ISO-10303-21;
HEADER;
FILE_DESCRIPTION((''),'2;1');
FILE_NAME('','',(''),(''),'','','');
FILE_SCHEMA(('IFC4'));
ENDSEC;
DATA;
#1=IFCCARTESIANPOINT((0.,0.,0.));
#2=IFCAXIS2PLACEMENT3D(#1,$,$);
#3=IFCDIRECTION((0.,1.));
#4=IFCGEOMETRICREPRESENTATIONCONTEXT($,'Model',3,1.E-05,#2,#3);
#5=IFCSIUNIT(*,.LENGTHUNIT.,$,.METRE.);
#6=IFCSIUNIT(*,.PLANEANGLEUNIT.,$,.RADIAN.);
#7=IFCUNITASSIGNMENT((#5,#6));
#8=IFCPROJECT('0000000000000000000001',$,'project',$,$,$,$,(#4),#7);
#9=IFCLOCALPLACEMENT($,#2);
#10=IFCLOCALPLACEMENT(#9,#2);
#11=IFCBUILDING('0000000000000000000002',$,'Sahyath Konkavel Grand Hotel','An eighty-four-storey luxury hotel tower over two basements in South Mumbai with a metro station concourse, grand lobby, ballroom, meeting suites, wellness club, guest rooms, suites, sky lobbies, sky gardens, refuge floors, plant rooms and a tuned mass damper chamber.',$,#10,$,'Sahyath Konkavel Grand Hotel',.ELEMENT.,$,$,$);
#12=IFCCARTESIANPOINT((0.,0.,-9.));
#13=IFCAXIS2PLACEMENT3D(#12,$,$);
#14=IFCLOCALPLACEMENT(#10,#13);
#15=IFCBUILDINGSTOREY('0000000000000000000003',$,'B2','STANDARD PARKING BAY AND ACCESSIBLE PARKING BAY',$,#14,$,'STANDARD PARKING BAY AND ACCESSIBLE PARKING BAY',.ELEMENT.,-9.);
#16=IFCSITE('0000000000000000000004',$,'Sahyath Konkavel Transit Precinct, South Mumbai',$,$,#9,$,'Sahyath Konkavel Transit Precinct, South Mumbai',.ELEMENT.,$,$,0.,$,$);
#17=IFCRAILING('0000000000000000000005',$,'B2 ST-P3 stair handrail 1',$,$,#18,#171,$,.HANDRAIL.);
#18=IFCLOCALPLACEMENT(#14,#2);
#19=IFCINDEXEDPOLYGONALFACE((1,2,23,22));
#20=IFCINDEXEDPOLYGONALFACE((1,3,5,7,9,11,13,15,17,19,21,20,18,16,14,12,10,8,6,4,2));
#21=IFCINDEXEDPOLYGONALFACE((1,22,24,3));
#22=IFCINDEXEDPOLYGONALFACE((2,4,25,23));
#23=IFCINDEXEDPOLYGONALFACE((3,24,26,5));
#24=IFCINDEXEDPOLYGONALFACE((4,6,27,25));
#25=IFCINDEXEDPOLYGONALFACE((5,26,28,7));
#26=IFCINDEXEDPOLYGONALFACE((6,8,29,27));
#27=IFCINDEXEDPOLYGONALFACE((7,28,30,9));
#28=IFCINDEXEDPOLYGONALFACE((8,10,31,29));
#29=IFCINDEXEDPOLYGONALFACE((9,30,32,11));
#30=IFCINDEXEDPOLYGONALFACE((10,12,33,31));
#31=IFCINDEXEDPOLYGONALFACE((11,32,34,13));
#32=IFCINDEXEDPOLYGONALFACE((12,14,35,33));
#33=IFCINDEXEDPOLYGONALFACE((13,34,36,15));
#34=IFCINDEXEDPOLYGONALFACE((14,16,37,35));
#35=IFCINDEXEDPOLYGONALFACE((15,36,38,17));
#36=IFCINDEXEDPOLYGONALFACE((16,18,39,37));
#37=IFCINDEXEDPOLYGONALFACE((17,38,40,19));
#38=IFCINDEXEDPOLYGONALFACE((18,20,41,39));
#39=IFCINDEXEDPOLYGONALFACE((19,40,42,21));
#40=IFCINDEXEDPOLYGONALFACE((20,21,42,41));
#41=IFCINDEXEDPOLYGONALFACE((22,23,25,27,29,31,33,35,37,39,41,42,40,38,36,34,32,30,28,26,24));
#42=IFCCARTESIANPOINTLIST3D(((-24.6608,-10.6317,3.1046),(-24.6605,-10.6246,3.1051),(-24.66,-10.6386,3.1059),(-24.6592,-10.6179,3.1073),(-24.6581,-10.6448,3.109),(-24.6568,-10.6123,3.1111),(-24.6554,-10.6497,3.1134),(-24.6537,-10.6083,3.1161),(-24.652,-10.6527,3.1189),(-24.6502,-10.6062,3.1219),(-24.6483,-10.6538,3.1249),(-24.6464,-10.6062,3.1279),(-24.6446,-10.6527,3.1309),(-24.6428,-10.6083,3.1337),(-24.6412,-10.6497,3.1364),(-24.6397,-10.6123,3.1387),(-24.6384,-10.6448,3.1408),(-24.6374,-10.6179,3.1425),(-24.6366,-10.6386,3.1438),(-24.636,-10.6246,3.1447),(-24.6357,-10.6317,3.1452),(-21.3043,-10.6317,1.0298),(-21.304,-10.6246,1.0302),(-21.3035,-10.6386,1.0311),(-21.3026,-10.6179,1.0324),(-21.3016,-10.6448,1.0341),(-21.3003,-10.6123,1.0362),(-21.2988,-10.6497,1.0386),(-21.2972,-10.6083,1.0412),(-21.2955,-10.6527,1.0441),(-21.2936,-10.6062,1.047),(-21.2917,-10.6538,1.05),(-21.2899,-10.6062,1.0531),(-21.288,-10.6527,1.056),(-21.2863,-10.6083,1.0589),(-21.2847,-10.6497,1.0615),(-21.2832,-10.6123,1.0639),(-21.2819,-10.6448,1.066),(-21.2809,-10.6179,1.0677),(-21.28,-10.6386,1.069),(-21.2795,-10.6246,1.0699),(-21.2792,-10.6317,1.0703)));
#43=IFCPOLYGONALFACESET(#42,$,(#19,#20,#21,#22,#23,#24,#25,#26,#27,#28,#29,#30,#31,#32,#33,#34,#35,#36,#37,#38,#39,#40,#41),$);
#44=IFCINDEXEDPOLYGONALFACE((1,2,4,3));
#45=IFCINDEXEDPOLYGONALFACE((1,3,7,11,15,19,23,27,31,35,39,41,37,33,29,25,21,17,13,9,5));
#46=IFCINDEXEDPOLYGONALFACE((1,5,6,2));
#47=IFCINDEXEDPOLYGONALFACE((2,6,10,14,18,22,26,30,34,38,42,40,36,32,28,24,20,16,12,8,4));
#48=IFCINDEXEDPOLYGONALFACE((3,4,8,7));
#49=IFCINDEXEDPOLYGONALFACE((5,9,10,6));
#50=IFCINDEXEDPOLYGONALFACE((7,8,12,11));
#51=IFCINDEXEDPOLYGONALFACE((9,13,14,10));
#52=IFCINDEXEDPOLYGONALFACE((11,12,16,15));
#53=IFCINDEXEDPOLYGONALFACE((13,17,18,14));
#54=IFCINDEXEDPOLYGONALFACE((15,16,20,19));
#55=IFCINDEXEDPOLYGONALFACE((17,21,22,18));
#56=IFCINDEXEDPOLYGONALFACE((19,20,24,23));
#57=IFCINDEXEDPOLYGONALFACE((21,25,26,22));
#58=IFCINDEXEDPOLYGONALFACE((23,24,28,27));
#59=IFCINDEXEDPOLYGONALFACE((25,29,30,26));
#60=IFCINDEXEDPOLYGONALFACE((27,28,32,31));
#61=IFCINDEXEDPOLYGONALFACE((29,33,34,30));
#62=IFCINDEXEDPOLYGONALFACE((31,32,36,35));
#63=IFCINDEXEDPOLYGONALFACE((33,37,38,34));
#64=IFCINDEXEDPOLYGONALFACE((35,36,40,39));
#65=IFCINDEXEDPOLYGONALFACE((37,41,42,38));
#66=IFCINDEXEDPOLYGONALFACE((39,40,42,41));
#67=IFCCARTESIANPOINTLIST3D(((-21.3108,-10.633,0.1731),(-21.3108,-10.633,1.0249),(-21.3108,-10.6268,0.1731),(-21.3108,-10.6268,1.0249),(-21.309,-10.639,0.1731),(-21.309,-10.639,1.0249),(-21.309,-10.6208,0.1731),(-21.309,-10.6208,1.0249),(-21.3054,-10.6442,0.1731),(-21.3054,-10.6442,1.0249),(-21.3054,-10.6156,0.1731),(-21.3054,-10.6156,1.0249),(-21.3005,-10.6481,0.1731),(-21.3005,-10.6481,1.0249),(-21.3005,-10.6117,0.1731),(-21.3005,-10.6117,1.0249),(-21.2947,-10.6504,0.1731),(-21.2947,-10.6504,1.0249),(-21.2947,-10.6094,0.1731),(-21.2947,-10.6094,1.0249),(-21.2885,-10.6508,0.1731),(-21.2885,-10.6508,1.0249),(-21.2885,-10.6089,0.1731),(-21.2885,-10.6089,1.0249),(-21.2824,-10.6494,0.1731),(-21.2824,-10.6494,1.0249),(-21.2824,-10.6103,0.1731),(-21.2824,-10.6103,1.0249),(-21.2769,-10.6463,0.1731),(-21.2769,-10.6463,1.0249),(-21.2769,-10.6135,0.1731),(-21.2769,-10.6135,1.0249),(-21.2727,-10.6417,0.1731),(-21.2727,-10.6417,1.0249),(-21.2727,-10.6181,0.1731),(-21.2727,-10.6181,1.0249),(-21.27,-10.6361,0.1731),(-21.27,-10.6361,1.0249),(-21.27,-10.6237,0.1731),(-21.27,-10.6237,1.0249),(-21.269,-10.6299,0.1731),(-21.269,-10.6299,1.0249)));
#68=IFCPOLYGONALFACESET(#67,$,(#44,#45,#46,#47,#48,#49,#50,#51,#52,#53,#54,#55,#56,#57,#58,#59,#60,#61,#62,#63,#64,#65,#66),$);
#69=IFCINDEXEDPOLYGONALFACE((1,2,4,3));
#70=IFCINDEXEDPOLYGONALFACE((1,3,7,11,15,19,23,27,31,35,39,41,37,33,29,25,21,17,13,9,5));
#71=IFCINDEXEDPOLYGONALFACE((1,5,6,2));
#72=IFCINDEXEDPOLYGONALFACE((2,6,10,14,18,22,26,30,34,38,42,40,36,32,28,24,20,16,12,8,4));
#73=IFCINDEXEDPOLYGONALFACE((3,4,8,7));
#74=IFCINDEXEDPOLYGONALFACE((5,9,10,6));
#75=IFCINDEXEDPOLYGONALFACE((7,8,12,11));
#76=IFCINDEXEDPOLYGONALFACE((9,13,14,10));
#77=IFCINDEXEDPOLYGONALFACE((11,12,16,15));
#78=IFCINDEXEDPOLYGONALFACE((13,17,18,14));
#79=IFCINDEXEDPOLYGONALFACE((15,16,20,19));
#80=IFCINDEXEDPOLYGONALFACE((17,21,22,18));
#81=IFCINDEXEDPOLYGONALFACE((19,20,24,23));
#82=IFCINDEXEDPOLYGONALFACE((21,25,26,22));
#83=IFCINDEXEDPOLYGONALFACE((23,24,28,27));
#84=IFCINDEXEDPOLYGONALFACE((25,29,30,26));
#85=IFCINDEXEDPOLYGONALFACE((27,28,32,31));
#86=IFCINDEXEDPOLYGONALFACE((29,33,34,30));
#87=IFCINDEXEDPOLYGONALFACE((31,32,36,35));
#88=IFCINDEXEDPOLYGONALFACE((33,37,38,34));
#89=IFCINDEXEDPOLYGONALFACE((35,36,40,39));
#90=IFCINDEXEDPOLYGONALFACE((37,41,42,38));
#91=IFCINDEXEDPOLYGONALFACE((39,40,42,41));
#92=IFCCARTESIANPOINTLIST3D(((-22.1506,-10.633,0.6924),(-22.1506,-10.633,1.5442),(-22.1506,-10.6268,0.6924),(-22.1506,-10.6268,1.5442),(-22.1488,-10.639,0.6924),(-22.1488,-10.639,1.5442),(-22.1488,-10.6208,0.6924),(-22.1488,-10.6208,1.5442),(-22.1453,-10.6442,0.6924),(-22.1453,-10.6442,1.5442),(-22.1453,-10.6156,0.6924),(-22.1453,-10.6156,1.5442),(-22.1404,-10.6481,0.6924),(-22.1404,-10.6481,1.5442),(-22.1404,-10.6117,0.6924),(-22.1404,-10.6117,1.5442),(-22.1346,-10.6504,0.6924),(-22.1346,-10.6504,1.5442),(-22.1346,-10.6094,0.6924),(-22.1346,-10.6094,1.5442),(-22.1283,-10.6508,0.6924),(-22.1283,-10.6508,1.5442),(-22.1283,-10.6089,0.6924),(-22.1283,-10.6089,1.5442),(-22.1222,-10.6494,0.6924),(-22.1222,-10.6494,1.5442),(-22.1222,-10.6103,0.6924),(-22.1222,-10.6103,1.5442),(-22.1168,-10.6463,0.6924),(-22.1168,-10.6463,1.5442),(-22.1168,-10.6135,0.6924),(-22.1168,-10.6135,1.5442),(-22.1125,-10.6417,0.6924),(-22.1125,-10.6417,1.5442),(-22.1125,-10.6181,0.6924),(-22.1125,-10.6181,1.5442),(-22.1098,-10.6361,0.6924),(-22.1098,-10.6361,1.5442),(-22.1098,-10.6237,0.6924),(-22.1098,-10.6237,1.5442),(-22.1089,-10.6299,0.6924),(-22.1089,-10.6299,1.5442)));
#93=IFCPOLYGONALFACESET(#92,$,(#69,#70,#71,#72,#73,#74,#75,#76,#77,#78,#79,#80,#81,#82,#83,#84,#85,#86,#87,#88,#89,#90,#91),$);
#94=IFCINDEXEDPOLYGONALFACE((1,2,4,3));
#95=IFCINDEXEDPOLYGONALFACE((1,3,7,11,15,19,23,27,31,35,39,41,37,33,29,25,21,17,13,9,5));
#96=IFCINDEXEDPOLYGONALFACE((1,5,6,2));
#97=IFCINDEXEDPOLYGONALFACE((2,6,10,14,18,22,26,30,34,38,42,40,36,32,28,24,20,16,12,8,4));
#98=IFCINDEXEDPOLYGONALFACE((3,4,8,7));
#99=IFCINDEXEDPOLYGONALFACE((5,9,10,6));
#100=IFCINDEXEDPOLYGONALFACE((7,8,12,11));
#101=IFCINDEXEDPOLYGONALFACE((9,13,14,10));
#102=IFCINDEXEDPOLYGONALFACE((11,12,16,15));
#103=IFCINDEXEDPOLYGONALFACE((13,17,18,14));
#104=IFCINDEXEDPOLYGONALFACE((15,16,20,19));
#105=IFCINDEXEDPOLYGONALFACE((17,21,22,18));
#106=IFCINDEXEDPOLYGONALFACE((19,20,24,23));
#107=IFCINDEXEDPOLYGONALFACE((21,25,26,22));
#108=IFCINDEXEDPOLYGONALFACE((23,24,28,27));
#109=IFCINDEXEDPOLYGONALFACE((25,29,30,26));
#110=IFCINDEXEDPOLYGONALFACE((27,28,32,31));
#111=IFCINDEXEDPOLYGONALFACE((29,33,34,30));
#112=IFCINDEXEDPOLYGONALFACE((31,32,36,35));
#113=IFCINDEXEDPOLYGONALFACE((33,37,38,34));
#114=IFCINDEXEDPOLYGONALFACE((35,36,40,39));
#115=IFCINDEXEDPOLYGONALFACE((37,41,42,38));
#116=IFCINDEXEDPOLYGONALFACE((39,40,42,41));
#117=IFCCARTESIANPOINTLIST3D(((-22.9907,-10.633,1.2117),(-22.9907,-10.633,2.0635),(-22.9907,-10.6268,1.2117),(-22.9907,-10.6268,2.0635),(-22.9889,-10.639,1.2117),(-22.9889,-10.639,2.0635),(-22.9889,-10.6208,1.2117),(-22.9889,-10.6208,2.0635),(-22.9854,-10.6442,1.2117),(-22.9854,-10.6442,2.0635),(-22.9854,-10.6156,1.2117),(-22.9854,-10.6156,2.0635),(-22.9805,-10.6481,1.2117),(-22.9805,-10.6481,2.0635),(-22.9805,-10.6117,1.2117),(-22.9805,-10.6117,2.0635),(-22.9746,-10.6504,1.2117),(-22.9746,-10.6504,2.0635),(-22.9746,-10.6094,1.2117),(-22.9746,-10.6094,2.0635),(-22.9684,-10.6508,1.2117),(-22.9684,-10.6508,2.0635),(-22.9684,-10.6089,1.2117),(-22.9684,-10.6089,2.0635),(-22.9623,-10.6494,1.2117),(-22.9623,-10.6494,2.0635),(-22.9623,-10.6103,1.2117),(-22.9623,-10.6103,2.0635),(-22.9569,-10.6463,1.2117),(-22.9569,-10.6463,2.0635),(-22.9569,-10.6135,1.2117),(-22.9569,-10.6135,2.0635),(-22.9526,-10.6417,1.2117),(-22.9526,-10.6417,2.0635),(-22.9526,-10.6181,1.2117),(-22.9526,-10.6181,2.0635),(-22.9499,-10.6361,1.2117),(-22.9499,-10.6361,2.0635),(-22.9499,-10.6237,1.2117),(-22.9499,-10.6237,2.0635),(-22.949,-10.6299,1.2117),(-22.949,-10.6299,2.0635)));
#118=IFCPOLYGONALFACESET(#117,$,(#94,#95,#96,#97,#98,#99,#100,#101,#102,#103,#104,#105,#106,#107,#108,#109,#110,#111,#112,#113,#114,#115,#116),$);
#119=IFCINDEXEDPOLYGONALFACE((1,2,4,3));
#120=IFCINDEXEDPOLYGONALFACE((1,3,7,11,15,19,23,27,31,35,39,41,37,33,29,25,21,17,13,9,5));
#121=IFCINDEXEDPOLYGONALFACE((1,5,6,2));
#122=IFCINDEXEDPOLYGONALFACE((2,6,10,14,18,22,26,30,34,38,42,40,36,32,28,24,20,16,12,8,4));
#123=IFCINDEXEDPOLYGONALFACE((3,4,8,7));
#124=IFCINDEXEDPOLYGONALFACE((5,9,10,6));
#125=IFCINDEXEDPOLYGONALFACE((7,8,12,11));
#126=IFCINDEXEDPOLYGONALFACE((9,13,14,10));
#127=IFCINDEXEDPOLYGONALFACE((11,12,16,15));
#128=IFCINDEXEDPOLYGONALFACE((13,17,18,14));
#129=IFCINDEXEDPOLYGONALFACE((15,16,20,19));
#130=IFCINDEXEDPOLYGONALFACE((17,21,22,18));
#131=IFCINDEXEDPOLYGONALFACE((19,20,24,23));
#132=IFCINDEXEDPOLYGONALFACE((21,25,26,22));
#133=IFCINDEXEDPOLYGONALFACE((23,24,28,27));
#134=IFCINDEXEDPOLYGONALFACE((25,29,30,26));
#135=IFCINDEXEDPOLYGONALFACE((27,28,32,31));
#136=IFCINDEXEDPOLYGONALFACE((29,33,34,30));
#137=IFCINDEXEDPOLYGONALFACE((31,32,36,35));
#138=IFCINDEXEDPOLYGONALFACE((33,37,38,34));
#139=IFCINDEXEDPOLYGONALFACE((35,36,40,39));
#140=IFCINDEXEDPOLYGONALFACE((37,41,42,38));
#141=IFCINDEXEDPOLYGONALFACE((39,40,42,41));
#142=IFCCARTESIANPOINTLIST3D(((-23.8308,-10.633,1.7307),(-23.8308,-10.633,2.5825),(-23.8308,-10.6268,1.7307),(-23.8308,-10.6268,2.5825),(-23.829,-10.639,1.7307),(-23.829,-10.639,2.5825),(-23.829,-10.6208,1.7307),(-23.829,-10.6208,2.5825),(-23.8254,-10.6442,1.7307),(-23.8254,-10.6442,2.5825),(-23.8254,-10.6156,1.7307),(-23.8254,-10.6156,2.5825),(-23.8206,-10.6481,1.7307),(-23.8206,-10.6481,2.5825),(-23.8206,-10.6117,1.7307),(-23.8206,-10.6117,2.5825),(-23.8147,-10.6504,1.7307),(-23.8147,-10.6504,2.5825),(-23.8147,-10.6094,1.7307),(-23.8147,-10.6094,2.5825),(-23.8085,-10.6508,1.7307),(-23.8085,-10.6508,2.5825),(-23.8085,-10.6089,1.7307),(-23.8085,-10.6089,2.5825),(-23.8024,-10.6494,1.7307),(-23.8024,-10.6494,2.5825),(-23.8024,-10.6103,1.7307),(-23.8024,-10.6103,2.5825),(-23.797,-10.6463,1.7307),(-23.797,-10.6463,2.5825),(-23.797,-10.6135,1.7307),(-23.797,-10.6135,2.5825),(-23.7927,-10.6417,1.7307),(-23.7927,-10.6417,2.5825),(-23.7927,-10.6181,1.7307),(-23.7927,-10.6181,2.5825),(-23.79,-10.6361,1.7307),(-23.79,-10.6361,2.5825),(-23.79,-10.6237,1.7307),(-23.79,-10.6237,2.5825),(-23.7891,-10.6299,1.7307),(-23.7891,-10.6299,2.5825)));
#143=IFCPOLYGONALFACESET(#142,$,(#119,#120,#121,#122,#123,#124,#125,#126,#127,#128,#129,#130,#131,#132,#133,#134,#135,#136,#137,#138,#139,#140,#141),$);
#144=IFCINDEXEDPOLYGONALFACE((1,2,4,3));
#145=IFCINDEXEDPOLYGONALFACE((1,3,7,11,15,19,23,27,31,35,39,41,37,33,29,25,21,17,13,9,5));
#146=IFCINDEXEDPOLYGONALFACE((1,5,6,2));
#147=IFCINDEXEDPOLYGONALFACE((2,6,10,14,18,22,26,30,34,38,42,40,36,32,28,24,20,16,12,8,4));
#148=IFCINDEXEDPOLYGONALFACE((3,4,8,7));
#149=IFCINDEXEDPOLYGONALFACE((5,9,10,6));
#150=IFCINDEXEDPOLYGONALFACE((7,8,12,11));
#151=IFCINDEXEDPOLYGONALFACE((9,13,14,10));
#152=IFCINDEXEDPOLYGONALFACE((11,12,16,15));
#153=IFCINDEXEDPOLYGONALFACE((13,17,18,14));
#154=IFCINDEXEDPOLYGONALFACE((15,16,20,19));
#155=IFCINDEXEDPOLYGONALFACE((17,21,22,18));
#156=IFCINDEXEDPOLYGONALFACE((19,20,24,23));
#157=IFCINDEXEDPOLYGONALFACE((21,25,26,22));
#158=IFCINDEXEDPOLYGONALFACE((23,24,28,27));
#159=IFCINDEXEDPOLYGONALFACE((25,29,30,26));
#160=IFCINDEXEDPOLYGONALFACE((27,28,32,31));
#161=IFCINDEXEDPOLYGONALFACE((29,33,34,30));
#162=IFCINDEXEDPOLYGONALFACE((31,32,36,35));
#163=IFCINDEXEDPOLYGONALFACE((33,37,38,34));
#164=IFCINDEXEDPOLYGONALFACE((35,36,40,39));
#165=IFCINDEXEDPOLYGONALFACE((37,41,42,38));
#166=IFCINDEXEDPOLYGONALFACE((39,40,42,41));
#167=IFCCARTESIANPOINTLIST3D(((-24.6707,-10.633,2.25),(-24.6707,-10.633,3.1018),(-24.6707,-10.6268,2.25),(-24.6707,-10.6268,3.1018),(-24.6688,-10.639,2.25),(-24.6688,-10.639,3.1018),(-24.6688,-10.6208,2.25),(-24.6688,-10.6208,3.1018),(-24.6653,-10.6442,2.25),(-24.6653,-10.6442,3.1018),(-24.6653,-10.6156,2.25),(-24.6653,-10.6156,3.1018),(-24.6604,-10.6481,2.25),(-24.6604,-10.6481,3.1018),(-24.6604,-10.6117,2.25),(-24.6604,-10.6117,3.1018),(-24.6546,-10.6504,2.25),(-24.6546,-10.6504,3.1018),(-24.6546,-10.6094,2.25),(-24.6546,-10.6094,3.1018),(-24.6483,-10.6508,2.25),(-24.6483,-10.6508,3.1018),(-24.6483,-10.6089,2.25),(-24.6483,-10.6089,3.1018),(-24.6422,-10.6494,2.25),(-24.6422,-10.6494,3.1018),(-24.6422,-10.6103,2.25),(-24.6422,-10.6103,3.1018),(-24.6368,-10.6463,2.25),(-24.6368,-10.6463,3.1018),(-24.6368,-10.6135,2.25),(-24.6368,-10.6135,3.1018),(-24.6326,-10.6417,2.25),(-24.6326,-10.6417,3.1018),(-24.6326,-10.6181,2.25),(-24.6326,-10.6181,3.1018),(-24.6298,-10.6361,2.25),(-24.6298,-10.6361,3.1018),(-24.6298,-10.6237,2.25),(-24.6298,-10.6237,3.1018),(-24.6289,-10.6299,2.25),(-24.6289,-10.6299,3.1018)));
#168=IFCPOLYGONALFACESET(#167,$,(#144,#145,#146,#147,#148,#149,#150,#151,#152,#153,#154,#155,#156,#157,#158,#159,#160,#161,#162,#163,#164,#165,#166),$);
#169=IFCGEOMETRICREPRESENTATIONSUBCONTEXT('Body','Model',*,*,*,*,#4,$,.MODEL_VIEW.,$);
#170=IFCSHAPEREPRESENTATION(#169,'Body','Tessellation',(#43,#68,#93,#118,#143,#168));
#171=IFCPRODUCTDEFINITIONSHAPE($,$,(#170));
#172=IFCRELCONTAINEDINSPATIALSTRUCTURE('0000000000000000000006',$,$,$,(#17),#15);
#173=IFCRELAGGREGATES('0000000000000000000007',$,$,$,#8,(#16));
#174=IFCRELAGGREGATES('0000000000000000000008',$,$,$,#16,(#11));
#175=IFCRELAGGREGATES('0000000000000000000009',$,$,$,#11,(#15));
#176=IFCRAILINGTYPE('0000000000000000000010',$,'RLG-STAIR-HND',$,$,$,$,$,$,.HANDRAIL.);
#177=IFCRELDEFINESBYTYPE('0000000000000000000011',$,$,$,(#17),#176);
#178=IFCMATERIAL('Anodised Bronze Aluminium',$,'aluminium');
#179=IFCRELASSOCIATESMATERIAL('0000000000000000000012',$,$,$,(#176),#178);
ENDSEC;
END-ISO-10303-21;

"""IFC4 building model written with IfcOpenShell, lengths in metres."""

from ifc_helpers import new_model, si_unit, direction, frame, origin, origin_2d, place, context, subcontext, project, spatial, circle, extrude, material, type_object, element, save


model = new_model("IFC4")

# Units and contexts
model_context = context("Model", 3, precision=1e-05, world=origin(), true_north=direction((0.0, 1.0)))
body_context = subcontext(model_context, "Body", "Model", "MODEL_VIEW")
ifc_project = project(units=[si_unit("LENGTHUNIT", "METRE"), si_unit("PLANEANGLEUNIT", "RADIAN")], contexts=[model_context])

# Site, building, storey
site_placement = place(None, origin())
site = spatial("IfcSite", under=ifc_project, at=site_placement, Name="Sahyath Konkavel Transit Precinct, South Mumbai", LongName="Sahyath Konkavel Transit Precinct, South Mumbai", CompositionType="ELEMENT", RefElevation=0.0)
building_placement = place(site_placement, origin())
building = spatial("IfcBuilding", under=site, at=building_placement, Name="Sahyath Konkavel Grand Hotel", Description="An eighty-four-storey luxury hotel tower over two basements in South Mumbai with a metro station concourse, grand lobby, ballroom, meeting suites, wellness club, guest rooms, suites, sky lobbies, sky gardens, refuge floors, plant rooms and a tuned mass damper chamber.", LongName="Sahyath Konkavel Grand Hotel", CompositionType="ELEMENT")
storey_placement = place(building_placement, frame((0.0, 0.0, -9.0)))
storey = spatial("IfcBuildingStorey", under=building, at=storey_placement, Name="B2", Description="STANDARD PARKING BAY AND ACCESSIBLE PARKING BAY", LongName="STANDARD PARKING BAY AND ACCESSIBLE PARKING BAY", CompositionType="ELEMENT", Elevation=-9.0)

# Railing
ifc_material_1 = material(Name="Anodised Bronze Aluminium", Category="aluminium")
railing_type_1 = type_object("IfcRailingType", Name="RLG-STAIR-HND", PredefinedType="HANDRAIL", material=ifc_material_1)
railing_1_placement = place(storey_placement, frame((-21.29, -10.6299, 0.1731)))
element("IfcRailing", 1, at=railing_1_placement, inside=storey, type_object=railing_type_1, Name="B2 ST-P3 stair handrail 1", PredefinedType="HANDRAIL", context=body_context, shape_type="SweptSolid", body=[
    extrude(circle(Radius=0.0239, at=origin_2d()), frame((-0.0017, 0.0, 0.877), z_axis=(-0.850606, 0.0, 0.525803), x_axis=(0.0, -1.0, 0.0)), (0.0, 0.0, 1.0), 3.946),
    extrude(circle(Radius=0.021, at=origin_2d()), origin(), (0.0, 0.0, 1.0), 0.8518),
    extrude(circle(Radius=0.021, at=origin_2d()), frame((-0.8398, 0.0, 0.5193)), (0.0, 0.0, 1.0), 0.8518),
    extrude(circle(Radius=0.021, at=origin_2d()), frame((-1.6799, 0.0, 1.0386)), (0.0, 0.0, 1.0), 0.8518),
    extrude(circle(Radius=0.021, at=origin_2d()), frame((-2.52, 0.0, 1.5576)), (0.0, 0.0, 1.0), 0.8518),
    extrude(circle(Radius=0.021, at=origin_2d()), frame((-3.3599, 0.0, 2.0769)), (0.0, 0.0, 1.0), 0.8518),
])

save(model, "model.ifc")
